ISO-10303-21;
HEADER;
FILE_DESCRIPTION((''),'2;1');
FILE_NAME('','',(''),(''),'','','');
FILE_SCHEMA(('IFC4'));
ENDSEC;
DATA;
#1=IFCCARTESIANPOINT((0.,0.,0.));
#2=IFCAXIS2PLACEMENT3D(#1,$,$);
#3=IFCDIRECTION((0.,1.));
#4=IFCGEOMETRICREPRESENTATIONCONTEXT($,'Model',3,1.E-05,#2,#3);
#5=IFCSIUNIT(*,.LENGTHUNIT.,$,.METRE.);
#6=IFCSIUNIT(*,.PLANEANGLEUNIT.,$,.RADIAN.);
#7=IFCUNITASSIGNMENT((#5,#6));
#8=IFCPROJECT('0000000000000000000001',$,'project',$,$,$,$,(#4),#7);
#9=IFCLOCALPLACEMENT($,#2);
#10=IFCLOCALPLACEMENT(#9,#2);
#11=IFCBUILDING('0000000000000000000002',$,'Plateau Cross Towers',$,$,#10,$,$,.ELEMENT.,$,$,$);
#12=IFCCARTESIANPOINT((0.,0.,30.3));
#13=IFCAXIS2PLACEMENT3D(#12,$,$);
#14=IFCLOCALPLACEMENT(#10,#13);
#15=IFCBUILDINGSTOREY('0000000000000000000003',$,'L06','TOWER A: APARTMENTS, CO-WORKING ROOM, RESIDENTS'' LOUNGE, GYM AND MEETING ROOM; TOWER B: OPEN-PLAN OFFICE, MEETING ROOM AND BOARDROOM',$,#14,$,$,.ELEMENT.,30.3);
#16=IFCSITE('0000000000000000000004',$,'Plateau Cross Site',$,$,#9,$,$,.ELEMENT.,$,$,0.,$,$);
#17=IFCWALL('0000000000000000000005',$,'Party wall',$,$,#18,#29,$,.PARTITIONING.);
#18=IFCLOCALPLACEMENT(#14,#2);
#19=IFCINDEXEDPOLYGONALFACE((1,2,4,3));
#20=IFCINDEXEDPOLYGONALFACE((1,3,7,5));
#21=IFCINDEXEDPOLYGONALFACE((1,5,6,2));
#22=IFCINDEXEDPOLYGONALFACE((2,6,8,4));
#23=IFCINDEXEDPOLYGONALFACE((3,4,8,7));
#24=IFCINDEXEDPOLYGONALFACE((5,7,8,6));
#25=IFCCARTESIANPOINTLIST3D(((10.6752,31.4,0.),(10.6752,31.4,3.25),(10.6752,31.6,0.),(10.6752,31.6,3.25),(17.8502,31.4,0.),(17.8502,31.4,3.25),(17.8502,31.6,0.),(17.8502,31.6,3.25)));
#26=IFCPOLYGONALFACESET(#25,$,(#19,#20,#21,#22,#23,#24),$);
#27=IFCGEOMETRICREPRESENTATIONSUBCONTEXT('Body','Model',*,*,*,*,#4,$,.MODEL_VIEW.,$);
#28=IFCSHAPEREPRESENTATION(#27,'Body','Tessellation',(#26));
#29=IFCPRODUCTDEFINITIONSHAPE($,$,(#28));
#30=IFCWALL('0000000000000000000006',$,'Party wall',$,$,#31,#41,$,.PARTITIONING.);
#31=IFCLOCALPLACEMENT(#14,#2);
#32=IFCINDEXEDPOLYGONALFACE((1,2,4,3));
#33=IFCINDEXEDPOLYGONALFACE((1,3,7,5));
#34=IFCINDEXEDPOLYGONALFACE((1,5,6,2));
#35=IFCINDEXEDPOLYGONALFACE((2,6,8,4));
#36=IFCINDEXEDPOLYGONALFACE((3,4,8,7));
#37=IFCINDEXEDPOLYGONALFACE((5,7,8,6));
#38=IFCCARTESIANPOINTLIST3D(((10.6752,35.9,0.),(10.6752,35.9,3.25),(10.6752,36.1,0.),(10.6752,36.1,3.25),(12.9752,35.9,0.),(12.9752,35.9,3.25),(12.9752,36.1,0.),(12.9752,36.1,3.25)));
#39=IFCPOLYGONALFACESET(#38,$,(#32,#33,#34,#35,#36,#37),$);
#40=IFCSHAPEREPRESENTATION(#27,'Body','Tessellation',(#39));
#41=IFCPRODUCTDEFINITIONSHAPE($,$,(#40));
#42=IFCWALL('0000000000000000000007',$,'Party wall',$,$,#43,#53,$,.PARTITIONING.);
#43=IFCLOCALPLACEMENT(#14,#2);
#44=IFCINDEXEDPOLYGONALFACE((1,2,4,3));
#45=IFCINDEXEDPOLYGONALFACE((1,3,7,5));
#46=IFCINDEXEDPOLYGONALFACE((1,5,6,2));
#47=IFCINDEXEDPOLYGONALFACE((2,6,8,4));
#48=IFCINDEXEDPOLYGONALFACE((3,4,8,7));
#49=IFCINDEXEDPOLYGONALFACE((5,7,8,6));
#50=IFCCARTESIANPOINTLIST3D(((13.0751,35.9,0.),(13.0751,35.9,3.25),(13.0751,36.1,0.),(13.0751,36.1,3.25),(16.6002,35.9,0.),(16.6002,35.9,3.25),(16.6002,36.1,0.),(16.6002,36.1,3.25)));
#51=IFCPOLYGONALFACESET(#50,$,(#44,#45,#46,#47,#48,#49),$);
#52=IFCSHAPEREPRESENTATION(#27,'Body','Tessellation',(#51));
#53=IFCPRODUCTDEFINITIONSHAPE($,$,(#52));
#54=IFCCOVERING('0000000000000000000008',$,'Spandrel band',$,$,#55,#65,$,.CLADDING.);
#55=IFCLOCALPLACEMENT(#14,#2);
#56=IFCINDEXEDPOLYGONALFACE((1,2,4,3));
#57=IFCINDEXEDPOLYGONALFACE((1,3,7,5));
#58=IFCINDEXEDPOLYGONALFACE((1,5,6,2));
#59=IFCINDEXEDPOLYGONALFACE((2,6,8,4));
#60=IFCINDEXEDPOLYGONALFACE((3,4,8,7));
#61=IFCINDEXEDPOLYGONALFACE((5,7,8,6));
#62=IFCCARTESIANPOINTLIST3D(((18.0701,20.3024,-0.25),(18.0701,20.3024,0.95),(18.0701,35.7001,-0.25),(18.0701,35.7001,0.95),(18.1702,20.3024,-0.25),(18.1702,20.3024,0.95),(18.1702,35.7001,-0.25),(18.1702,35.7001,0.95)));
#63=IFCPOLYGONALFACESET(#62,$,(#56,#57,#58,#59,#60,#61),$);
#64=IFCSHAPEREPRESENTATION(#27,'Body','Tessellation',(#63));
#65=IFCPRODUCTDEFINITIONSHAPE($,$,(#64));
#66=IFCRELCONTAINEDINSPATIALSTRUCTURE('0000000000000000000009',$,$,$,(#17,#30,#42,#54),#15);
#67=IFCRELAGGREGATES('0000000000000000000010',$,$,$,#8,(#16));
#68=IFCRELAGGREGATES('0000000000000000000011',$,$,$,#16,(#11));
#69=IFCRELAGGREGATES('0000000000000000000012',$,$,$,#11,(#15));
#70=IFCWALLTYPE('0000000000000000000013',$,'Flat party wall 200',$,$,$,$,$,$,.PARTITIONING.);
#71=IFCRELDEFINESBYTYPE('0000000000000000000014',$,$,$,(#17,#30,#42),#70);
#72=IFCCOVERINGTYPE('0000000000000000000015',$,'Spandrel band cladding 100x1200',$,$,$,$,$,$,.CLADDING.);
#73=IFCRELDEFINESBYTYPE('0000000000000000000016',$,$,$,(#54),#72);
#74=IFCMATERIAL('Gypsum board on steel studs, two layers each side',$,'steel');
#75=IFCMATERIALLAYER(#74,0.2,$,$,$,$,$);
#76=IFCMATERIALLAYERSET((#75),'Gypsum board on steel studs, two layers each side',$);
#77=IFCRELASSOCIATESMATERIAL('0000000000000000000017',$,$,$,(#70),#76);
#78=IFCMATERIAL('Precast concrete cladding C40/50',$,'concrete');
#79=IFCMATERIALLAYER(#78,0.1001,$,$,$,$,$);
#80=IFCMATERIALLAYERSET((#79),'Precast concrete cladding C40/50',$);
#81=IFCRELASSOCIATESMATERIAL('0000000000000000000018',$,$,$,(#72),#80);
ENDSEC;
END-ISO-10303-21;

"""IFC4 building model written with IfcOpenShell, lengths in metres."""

from ifc_helpers import new_model, si_unit, direction, frame, frame_2d, origin, origin_2d, place, context, subcontext, project, spatial, rectangle, extrude, material, layer, layer_set, type_object, element, save


model = new_model("IFC4")

# Units and contexts
model_context = context("Model", 3, precision=1e-05, world=origin(), true_north=direction((0.0, 1.0)))
body_context = subcontext(model_context, "Body", "Model", "MODEL_VIEW")
ifc_project = project(units=[si_unit("LENGTHUNIT", "METRE"), si_unit("PLANEANGLEUNIT", "RADIAN")], contexts=[model_context])

# Site, building, storey
site_placement = place(None, origin())
site = spatial("IfcSite", under=ifc_project, at=site_placement, Name="Plateau Cross Site", CompositionType="ELEMENT", RefElevation=0.0)
building_placement = place(site_placement, origin())
building = spatial("IfcBuilding", under=site, at=building_placement, Name="Plateau Cross Towers", CompositionType="ELEMENT")
storey_placement = place(building_placement, frame((0.0, 0.0, 30.3)))
storey = spatial("IfcBuildingStorey", under=building, at=storey_placement, Name="L06", Description="TOWER A: APARTMENTS, CO-WORKING ROOM, RESIDENTS' LOUNGE, GYM AND MEETING ROOM; TOWER B: OPEN-PLAN OFFICE, MEETING ROOM AND BOARDROOM", CompositionType="ELEMENT", Elevation=30.3)

# Walls
ifc_material_1 = material(Name="Gypsum board on steel studs, two layers each side", Category="steel")
ifc_layer_1 = layer(ifc_material_1, 0.2)
ifc_layer_set_1 = layer_set([ifc_layer_1], Name="Gypsum board on steel studs, two layers each side")
wall_type_1 = type_object("IfcWallType", Name="Flat party wall 200", PredefinedType="PARTITIONING", material=ifc_layer_set_1)
wall_1_placement = place(storey_placement, frame((17.8501, 31.5, 0.0), z_axis=(0.0, 0.0, 1.0), x_axis=(-1.0, 0.0, 0.0)))
element("IfcWall", 1, at=wall_1_placement, inside=storey, type_object=wall_type_1, Name="Party wall", PredefinedType="PARTITIONING", context=body_context, shape_type="SweptSolid", body=[
    extrude(rectangle(XDim=7.175, YDim=0.2, at=frame_2d((3.5874, 0.0))), origin(), (0.0, 0.0, 1.0), 3.25),
])
wall_2_placement = place(storey_placement, frame((12.9751, 36.0, 0.0), z_axis=(0.0, 0.0, 1.0), x_axis=(-1.0, 0.0, 0.0)))
element("IfcWall", 2, at=wall_2_placement, inside=storey, type_object=wall_type_1, Name="Party wall", PredefinedType="PARTITIONING", context=body_context, shape_type="SweptSolid", body=[
    extrude(rectangle(XDim=2.3, YDim=0.2, at=frame_2d((1.1499, 0.0))), origin(), (0.0, 0.0, 1.0), 3.25),
])
wall_3_placement = place(storey_placement, frame((13.075, 36.0, 0.0), z_axis=(0.0, 0.0, 1.0), x_axis=(1.0, 0.0, 0.0)))
element("IfcWall", 3, at=wall_3_placement, inside=storey, type_object=wall_type_1, Name="Party wall", PredefinedType="PARTITIONING", context=body_context, shape_type="SweptSolid", body=[
    extrude(rectangle(XDim=3.5251, YDim=0.2, at=frame_2d((1.7627, 0.0))), origin(), (0.0, 0.0, 1.0), 3.25),
])

# Covering
ifc_material_2 = material(Name="Precast concrete cladding C40/50", Category="concrete")
ifc_layer_2 = layer(ifc_material_2, 0.1001)
ifc_layer_set_2 = layer_set([ifc_layer_2], Name="Precast concrete cladding C40/50")
covering_type = type_object("IfcCoveringType", Name="Spandrel band cladding 100x1200", PredefinedType="CLADDING", material=ifc_layer_set_2)
covering_placement = place(storey_placement, frame((18.1201, 28.0012, -0.25), z_axis=(0.0, 0.0, 1.0), x_axis=(0.0, 1.0, 0.0)))
element("IfcCovering", 4, at=covering_placement, inside=storey, type_object=covering_type, Name="Spandrel band", PredefinedType="CLADDING", context=body_context, shape_type="SweptSolid", body=[
    extrude(rectangle(XDim=15.3977, YDim=0.1001, at=origin_2d()), origin(), (0.0, 0.0, 1.0), 1.2),
])

save(model, "model.ifc")
